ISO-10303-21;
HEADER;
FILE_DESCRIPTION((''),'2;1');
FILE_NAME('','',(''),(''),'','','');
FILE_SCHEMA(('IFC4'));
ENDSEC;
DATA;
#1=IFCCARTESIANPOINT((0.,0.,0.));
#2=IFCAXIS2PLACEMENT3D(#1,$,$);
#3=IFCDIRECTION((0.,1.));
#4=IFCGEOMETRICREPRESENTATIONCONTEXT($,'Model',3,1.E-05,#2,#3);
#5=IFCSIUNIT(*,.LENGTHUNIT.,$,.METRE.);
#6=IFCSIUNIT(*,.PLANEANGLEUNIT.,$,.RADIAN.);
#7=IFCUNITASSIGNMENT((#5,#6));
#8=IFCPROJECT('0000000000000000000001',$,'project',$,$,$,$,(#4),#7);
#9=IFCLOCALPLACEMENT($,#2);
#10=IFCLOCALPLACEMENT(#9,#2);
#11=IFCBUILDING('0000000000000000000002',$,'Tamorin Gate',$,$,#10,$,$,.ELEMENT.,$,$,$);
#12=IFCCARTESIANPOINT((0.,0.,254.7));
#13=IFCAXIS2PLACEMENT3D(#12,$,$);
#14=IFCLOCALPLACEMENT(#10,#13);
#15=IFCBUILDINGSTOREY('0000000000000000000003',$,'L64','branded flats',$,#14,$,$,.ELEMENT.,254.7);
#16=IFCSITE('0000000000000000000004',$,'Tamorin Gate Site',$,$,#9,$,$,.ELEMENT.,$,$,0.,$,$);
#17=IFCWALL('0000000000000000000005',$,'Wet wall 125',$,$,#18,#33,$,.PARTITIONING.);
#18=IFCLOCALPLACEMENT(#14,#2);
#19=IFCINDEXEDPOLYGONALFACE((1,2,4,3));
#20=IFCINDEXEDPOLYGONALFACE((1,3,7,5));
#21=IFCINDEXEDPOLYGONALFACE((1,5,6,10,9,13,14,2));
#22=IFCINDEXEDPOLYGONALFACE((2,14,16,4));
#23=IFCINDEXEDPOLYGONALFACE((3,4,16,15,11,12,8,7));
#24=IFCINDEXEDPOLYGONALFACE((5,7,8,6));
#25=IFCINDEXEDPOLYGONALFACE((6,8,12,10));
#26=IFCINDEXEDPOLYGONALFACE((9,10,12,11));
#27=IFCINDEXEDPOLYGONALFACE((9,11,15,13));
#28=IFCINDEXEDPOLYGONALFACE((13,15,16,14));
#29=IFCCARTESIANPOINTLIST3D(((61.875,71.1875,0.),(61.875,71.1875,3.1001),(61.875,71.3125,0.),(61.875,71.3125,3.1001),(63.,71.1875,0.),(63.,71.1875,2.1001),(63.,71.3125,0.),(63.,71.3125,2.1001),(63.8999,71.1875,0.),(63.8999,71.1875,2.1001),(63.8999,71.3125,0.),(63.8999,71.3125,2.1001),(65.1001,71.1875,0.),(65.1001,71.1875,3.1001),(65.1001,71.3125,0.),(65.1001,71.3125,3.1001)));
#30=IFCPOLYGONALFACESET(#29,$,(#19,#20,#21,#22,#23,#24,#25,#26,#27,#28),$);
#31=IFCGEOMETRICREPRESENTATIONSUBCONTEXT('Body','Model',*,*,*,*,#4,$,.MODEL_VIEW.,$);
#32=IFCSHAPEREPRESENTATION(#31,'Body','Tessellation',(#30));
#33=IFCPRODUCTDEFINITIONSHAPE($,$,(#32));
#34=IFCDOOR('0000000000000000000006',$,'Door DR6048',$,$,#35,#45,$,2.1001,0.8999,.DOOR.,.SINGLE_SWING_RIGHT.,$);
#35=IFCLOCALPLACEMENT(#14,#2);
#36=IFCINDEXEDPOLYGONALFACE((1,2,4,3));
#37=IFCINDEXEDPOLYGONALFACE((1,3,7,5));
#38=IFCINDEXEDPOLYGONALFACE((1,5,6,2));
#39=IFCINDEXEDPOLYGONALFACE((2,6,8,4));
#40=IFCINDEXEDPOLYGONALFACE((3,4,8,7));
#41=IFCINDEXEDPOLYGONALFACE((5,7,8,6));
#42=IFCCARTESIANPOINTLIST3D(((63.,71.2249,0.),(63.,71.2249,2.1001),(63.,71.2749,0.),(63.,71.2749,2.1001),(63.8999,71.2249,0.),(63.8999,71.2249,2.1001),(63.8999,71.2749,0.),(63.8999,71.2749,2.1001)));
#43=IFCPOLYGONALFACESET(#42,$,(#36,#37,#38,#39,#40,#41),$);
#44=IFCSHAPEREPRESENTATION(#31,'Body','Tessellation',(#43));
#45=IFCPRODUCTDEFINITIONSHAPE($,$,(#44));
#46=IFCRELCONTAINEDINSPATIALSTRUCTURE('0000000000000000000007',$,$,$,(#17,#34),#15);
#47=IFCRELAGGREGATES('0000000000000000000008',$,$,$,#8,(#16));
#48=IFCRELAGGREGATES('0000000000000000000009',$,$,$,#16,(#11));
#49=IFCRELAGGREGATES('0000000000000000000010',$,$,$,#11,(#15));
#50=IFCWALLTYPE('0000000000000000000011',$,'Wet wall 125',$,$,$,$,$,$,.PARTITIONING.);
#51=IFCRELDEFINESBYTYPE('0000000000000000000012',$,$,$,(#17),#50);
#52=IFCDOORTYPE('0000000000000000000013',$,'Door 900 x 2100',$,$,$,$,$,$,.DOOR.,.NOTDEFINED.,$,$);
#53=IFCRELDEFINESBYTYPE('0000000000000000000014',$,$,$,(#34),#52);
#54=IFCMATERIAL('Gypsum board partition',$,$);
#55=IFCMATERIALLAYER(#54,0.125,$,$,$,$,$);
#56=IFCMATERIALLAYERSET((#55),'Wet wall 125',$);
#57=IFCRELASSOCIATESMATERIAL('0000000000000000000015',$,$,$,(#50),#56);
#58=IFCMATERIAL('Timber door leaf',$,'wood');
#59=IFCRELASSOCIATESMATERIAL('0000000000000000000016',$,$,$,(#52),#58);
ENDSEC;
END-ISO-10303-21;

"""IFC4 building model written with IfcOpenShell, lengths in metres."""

from ifc_helpers import new_model, si_unit, direction, frame, frame_2d, origin, place, context, subcontext, project, spatial, rectangle, extrude, material, layer, layer_set, type_object, element, fill, save


model = new_model("IFC4")

# Units and contexts
model_context = context("Model", 3, precision=1e-05, world=origin(), true_north=direction((0.0, 1.0)))
body_context = subcontext(model_context, "Body", "Model", "MODEL_VIEW")
ifc_project = project(units=[si_unit("LENGTHUNIT", "METRE"), si_unit("PLANEANGLEUNIT", "RADIAN")], contexts=[model_context])

# Site, building, storey
site_placement = place(None, origin())
site = spatial("IfcSite", under=ifc_project, at=site_placement, Name="Tamorin Gate Site", CompositionType="ELEMENT", RefElevation=0.0)
building_placement = place(site_placement, origin())
building = spatial("IfcBuilding", under=site, at=building_placement, Name="Tamorin Gate", CompositionType="ELEMENT")
storey_placement = place(building_placement, frame((0.0, 0.0, 254.7)))
storey = spatial("IfcBuildingStorey", under=building, at=storey_placement, Name="L64", Description="branded flats", CompositionType="ELEMENT", Elevation=254.7)

# Shared definitions
ifc_material_1 = material(Name="Gypsum board partition")

# Wall, opening, door
ifc_layer_1 = layer(ifc_material_1, 0.125)
ifc_layer_set_1 = layer_set([ifc_layer_1], Name="Wet wall 125")
wall_type_1 = type_object("IfcWallType", Name="Wet wall 125", PredefinedType="PARTITIONING", material=ifc_layer_set_1)
wall_1_placement = place(storey_placement, frame((61.875, 71.25, 0.0), z_axis=(0.0, 0.0, 1.0), x_axis=(1.0, 0.0, 0.0)))
wall_1 = element("IfcWall", 1, at=wall_1_placement, inside=storey, type_object=wall_type_1, Name="Wet wall 125", PredefinedType="PARTITIONING", context=body_context, shape_type="SweptSolid", body=[
    extrude(rectangle(XDim=3.2251, YDim=0.125, at=frame_2d((1.6125, 0.0))), origin(), (0.0, 0.0, 1.0), 3.1001),
])
opening_1_placement = place(wall_1_placement, frame((1.125, 0.0, 0.0)))
opening_1 = element("IfcOpeningElement", 2, at=opening_1_placement, cuts=wall_1, PredefinedType="OPENING", context=body_context, shape_type="SweptSolid", body=[
    extrude(rectangle(XDim=0.8999, YDim=2.1001, at=frame_2d((0.45, 1.05))), frame((0.0, 0.0725, 0.0), z_axis=(0.0, -1.0, 0.0), x_axis=(1.0, 0.0, 0.0)), (0.0, 0.0, 1.0), 0.145),
])
ifc_material_2 = material(Name="Timber door leaf", Category="wood")
door_type_1 = type_object("IfcDoorType", Name="Door 900 x 2100", OperationType="NOTDEFINED", PredefinedType="DOOR", material=ifc_material_2)
door_1_placement = place(opening_1_placement, origin())
door_1 = element("IfcDoor", 3, at=door_1_placement, inside=storey, type_object=door_type_1, Name="Door DR6048", OperationType="SINGLE_SWING_RIGHT", OverallHeight=2.1001, OverallWidth=0.8999, PredefinedType="DOOR", context=body_context, shape_type="SweptSolid", body=[
    extrude(rectangle(XDim=0.8999, YDim=2.1001, at=frame_2d((0.45, 1.05))), frame((0.0, 0.0249, 0.0), z_axis=(0.0, -1.0, 0.0), x_axis=(1.0, 0.0, 0.0)), (0.0, 0.0, 1.0), 0.05),
])
fill(opening_1, door_1)

save(model, "model.ifc")
